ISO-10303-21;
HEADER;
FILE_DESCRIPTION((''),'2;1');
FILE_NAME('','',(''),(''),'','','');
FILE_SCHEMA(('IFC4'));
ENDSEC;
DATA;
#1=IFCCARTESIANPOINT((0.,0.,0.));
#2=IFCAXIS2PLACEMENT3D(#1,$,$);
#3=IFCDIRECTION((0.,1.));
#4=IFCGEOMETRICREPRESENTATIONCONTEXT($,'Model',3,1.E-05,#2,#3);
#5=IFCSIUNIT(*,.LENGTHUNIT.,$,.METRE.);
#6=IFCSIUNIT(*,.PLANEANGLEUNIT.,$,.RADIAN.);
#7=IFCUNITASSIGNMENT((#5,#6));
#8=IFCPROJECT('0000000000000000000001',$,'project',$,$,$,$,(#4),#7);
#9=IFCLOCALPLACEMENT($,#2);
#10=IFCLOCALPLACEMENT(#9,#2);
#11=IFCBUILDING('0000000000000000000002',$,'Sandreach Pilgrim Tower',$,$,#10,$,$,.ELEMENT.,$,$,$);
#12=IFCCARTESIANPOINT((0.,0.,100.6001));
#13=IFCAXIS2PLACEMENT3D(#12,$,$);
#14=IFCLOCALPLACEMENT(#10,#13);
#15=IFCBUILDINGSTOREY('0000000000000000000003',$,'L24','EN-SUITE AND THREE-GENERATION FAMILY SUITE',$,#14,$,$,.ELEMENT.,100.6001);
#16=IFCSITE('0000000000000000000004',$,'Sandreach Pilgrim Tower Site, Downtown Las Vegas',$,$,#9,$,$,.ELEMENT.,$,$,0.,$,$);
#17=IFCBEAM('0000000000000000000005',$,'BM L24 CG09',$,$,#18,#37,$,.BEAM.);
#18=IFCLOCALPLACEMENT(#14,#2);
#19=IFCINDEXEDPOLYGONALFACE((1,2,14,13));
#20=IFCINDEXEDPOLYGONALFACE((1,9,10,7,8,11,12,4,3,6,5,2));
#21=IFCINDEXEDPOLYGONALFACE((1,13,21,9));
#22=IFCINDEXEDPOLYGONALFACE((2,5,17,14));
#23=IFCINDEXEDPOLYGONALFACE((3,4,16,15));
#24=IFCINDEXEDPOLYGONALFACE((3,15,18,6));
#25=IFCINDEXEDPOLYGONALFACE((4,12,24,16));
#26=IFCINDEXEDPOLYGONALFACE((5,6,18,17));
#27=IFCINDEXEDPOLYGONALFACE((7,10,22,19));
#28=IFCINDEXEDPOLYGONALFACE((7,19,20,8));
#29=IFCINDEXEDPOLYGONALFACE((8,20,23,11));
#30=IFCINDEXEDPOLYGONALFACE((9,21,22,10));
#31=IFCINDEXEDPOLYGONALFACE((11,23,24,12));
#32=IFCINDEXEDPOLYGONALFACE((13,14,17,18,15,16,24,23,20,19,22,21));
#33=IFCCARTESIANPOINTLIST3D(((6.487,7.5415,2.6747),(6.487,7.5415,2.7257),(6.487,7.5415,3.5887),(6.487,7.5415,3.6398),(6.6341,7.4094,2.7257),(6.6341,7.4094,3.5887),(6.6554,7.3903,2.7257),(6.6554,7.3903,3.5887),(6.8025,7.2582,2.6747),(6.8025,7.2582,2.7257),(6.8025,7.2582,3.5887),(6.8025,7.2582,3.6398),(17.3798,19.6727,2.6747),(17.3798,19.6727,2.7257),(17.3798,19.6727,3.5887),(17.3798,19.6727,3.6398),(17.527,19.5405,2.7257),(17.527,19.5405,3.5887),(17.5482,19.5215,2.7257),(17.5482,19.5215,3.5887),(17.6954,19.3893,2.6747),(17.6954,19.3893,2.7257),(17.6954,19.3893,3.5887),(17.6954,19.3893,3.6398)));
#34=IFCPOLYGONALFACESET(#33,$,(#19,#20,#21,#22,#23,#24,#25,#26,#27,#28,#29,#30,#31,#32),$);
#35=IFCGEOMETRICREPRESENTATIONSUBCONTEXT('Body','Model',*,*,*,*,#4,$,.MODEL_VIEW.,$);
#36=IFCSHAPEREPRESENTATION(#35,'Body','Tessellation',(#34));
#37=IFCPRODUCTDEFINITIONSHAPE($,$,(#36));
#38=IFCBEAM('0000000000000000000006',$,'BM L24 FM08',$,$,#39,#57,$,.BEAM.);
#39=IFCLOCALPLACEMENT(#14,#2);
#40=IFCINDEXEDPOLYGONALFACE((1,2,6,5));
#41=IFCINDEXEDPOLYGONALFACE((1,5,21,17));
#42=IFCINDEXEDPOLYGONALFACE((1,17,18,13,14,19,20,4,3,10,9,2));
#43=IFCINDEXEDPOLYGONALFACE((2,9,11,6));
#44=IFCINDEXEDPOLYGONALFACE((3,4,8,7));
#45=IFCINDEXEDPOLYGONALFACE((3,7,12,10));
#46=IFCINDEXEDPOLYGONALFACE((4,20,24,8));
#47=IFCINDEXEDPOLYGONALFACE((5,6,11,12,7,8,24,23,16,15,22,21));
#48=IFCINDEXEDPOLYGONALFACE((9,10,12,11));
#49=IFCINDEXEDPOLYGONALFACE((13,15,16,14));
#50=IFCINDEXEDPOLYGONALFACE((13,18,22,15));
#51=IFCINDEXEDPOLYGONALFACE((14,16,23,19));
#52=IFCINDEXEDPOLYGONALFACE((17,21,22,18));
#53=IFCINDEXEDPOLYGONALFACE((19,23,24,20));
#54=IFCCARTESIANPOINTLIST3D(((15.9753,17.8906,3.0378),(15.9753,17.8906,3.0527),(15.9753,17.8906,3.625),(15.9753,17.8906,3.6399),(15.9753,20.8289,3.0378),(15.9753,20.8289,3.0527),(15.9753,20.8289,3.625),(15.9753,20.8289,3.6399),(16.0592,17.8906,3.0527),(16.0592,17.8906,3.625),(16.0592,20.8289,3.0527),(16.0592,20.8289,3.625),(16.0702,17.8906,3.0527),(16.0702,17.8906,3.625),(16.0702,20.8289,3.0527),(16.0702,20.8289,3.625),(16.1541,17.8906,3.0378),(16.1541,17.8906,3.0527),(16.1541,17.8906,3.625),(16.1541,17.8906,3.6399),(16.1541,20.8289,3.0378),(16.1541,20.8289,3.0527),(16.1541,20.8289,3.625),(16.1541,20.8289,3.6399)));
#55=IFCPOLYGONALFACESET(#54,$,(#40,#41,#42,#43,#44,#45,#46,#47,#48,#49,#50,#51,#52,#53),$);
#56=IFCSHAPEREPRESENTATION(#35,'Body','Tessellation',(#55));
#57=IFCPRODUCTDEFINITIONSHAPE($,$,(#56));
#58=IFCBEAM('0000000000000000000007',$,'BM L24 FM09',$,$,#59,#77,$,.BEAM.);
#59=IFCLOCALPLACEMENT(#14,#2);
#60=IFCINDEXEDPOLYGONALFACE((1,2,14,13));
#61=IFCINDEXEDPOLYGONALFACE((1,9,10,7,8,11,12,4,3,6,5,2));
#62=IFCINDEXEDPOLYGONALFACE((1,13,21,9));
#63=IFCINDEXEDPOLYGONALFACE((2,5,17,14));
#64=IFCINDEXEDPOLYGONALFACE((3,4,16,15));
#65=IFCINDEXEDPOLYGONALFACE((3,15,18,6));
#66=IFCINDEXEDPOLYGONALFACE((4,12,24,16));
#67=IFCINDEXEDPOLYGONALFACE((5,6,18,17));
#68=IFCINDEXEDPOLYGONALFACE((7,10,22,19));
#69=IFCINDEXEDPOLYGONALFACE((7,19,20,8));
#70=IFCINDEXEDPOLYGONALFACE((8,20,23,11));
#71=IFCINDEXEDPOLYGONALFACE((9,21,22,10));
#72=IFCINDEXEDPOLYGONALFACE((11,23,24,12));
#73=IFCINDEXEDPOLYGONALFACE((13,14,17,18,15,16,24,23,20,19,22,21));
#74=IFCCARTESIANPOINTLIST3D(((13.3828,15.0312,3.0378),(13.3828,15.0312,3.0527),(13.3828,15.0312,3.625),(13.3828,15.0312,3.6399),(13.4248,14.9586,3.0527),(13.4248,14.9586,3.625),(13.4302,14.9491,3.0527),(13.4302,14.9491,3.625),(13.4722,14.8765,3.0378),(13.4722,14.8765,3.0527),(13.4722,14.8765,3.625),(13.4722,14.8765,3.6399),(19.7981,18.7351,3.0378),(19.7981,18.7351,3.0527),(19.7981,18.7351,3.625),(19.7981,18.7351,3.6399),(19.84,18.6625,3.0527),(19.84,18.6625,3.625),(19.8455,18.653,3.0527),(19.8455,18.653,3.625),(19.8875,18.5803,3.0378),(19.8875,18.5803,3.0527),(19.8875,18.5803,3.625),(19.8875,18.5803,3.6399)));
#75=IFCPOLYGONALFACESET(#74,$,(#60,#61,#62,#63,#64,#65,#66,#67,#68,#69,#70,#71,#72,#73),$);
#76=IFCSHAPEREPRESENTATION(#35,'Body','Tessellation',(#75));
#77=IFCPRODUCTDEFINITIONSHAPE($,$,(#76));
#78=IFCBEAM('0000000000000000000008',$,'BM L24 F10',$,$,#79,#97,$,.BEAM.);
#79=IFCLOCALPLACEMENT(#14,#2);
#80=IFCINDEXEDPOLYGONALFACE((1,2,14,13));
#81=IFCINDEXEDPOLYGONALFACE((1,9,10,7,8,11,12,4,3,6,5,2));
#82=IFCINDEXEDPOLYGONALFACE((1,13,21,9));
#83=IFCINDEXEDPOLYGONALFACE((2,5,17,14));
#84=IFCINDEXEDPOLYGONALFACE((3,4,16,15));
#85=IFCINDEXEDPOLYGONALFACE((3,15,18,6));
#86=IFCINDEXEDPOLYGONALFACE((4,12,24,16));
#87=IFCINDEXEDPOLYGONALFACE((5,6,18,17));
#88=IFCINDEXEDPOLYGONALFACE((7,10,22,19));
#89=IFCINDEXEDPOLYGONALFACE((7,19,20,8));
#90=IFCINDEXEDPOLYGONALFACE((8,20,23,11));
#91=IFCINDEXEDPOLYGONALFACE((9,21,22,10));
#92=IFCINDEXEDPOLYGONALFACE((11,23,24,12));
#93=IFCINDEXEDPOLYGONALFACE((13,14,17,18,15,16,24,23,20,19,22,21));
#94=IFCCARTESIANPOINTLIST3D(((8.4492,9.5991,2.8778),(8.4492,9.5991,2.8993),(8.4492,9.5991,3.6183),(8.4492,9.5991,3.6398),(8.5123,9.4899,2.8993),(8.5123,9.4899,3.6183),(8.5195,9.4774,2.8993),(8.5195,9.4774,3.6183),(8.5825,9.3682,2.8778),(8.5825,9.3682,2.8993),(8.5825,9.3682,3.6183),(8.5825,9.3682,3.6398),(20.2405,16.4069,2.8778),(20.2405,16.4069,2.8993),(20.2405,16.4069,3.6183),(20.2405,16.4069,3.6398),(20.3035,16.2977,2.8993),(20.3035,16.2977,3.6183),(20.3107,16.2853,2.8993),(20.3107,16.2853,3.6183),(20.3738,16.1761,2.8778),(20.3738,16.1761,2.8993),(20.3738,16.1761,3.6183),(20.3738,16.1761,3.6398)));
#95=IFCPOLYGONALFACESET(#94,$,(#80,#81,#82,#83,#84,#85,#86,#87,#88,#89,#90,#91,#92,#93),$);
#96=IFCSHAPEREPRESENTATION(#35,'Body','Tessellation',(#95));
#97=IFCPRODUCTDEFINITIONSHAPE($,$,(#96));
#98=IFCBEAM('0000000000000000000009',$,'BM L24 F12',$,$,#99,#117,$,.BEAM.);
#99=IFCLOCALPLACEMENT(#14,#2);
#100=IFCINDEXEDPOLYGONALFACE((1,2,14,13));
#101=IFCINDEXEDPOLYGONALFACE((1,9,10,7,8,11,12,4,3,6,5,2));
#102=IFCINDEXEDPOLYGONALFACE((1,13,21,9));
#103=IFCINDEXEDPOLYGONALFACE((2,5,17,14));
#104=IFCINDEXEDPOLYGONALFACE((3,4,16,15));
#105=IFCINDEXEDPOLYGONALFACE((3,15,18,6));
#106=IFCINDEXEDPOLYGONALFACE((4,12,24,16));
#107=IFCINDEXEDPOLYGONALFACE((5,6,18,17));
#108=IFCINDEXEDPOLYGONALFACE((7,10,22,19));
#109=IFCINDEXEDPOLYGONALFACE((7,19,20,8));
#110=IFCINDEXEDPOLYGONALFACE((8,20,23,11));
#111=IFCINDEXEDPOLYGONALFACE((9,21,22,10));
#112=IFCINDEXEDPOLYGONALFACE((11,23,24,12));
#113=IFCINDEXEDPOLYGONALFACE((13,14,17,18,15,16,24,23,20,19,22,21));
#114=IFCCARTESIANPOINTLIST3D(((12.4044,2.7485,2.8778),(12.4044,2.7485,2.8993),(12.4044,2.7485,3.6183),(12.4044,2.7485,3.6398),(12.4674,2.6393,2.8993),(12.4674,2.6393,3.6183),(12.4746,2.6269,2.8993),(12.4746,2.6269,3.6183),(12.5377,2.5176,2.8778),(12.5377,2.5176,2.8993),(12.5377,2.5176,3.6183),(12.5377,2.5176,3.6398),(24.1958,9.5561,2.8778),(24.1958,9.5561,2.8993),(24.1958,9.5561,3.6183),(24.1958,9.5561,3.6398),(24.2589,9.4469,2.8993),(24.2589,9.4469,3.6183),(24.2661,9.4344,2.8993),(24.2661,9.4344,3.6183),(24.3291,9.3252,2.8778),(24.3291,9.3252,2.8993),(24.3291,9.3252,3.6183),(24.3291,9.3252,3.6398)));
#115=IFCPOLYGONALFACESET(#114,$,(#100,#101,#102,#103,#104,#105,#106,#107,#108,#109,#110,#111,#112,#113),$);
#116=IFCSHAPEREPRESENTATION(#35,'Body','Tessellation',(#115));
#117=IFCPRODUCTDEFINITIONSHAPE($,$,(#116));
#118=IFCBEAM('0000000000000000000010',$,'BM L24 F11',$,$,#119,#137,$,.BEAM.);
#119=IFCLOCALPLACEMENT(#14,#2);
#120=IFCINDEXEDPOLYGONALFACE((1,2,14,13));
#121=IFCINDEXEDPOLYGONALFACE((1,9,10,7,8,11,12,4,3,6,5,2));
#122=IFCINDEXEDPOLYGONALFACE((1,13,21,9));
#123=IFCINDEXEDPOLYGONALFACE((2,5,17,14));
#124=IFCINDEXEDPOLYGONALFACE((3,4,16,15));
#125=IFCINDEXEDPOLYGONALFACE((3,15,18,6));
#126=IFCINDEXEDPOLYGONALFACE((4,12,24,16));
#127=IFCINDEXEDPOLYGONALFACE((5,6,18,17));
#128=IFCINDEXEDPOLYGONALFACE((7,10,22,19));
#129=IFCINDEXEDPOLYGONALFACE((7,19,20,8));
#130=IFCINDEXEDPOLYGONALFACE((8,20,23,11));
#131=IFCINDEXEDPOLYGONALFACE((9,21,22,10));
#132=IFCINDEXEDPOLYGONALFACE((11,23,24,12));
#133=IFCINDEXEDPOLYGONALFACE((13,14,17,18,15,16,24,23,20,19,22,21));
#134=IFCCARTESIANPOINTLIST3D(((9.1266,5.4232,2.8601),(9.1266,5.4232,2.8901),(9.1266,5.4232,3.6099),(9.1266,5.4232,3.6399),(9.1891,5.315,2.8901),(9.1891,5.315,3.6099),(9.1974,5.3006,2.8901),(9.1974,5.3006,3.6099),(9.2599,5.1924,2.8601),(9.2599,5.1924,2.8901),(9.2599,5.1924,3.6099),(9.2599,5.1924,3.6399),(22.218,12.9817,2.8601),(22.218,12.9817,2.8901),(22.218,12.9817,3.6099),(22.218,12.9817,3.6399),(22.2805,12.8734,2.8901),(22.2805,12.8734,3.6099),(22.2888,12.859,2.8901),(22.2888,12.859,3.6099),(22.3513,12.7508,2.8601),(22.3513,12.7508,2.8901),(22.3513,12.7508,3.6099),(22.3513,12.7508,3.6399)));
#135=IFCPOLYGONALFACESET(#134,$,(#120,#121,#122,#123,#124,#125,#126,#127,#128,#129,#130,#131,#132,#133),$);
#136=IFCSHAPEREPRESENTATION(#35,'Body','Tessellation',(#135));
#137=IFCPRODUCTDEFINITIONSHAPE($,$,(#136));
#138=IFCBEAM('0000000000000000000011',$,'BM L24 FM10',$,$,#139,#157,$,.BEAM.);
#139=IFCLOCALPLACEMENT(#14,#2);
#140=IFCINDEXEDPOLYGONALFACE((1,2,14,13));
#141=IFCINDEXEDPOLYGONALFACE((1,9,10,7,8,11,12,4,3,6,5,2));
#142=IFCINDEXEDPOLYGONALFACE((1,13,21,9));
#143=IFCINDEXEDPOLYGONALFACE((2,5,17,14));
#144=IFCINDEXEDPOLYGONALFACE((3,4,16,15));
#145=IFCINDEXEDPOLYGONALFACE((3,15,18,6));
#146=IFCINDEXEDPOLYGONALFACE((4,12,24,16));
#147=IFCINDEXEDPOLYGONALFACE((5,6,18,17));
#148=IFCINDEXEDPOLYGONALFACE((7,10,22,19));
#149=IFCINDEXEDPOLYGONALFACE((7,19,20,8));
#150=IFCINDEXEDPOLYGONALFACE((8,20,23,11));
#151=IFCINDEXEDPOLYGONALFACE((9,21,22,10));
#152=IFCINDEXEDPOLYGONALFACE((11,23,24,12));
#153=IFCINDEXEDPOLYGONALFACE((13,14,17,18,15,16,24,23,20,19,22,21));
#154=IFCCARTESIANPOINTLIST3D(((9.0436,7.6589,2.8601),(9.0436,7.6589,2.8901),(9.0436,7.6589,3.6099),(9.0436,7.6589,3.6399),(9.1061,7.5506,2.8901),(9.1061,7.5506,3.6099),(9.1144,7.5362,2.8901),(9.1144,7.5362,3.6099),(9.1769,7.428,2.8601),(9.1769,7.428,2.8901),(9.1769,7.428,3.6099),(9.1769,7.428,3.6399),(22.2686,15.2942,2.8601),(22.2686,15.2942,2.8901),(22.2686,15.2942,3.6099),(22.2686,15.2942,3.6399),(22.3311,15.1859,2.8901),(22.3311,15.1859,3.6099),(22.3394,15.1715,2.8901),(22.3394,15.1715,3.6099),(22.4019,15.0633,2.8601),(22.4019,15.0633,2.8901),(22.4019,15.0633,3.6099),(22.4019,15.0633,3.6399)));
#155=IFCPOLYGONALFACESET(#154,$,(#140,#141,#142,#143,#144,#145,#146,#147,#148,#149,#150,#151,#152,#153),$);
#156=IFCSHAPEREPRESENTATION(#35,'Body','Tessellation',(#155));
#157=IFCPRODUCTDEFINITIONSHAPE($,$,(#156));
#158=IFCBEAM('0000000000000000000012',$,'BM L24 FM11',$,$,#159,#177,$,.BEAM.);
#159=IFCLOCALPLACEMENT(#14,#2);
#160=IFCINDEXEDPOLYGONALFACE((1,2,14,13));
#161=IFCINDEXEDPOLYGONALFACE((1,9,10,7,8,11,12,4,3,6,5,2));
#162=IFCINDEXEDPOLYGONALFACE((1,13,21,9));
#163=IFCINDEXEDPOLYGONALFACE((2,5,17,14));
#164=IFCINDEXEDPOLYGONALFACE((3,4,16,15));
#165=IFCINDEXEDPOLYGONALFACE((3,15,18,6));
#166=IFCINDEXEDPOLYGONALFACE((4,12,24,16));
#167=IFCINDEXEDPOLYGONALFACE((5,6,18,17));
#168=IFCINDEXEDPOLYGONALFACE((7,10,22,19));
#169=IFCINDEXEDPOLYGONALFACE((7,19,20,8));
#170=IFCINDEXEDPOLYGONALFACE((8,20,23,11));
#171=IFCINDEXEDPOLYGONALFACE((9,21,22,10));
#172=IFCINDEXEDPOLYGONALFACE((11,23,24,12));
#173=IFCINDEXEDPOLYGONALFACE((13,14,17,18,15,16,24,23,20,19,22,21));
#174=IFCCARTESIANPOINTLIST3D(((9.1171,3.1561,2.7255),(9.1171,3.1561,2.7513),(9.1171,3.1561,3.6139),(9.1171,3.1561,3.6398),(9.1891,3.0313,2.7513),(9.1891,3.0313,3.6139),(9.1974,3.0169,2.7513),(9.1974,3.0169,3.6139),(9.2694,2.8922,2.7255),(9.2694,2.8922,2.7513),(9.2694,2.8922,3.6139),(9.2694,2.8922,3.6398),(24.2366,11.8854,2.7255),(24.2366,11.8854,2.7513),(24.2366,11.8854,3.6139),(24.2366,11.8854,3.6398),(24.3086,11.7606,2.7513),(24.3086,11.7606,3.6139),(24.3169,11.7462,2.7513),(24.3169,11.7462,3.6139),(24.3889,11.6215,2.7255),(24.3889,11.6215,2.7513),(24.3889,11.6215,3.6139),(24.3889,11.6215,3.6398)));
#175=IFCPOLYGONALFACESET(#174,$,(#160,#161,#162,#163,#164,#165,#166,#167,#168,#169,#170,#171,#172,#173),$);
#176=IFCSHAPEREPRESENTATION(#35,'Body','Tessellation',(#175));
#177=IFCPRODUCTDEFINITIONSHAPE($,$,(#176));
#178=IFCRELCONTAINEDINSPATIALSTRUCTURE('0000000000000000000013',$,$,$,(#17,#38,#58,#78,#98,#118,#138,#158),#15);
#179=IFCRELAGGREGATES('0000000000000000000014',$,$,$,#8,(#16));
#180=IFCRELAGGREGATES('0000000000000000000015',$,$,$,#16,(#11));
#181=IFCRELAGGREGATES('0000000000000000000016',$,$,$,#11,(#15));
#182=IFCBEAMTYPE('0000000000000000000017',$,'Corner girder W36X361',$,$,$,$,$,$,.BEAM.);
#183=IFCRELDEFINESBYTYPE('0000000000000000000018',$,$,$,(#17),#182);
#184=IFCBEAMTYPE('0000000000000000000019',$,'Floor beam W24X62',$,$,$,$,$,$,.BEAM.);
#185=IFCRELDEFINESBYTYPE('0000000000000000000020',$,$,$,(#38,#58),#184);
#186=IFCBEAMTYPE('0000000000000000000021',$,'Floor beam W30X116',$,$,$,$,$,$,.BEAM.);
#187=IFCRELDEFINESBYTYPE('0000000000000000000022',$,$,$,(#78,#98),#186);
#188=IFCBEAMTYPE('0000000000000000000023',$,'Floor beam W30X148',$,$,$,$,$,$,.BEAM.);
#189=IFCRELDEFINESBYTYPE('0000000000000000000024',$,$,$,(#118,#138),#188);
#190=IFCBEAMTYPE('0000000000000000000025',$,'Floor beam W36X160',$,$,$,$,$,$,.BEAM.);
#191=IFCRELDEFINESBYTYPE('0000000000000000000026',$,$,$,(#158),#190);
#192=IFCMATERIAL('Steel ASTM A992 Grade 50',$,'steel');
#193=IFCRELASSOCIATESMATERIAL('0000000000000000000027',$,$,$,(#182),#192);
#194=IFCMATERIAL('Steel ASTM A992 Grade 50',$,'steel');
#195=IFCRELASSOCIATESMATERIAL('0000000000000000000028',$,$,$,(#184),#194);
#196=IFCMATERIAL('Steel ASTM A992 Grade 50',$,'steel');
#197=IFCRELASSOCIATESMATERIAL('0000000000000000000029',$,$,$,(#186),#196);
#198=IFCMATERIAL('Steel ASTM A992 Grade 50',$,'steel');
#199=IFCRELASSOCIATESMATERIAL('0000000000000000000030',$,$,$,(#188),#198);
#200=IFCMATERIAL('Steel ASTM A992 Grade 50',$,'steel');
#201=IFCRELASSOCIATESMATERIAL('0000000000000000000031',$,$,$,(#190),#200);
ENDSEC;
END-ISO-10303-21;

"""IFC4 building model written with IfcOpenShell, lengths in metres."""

from ifc_helpers import new_model, si_unit, direction, frame, origin, origin_2d, place, context, subcontext, project, spatial, i_section, extrude, material, material_profile, profile_set, type_object, element, save


model = new_model("IFC4")

# Units and contexts
model_context = context("Model", 3, precision=1e-05, world=origin(), true_north=direction((0.0, 1.0)))
body_context = subcontext(model_context, "Body", "Model", "MODEL_VIEW")
ifc_project = project(units=[si_unit("LENGTHUNIT", "METRE"), si_unit("PLANEANGLEUNIT", "RADIAN")], contexts=[model_context])

# Site, building, storey
site_placement = place(None, origin())
site = spatial("IfcSite", under=ifc_project, at=site_placement, Name="Sandreach Pilgrim Tower Site, Downtown Las Vegas", CompositionType="ELEMENT", RefElevation=0.0)
building_placement = place(site_placement, origin())
building = spatial("IfcBuilding", under=site, at=building_placement, Name="Sandreach Pilgrim Tower", CompositionType="ELEMENT")
storey_placement = place(building_placement, frame((0.0, 0.0, 100.6001)))
storey = spatial("IfcBuildingStorey", under=building, at=storey_placement, Name="L24", Description="EN-SUITE AND THREE-GENERATION FAMILY SUITE", CompositionType="ELEMENT", Elevation=100.6001)

# Beams
ifc_material_1 = material(Name="Steel ASTM A992 Grade 50", Category="steel")
ifc_material_profile_1 = material_profile(ifc_material_1, i_section(OverallWidth=0.4241, OverallDepth=0.9651, WebThickness=0.0286, FlangeThickness=0.051, at=origin_2d()), Name="W36X361")
ifc_profile_set_1 = profile_set([ifc_material_profile_1], Name="Steel ASTM A992 Grade 50")
beam_type_1 = type_object("IfcBeamType", Name="Corner girder W36X361", PredefinedType="BEAM", material=ifc_profile_set_1)
beam_1_placement = place(storey_placement, frame((17.5376, 19.531, 3.1572), z_axis=(-0.668111, -0.744061, 0.0), x_axis=(0.744061, -0.668111, 0.0)))
element("IfcBeam", 1, at=beam_1_placement, inside=storey, type_object=beam_type_1, Name="BM L24 CG09", PredefinedType="BEAM", context=body_context, shape_type="SweptSolid", body=[
    extrude(i_section(OverallWidth=0.4241, OverallDepth=0.9651, WebThickness=0.0286, FlangeThickness=0.051, at=origin_2d()), origin(), (0.0, 0.0, 1.0), 16.304),
])
ifc_material_2 = material(Name="Steel ASTM A992 Grade 50", Category="steel")
ifc_material_profile_2 = material_profile(ifc_material_2, i_section(OverallWidth=0.1787, OverallDepth=0.6021, WebThickness=0.011, FlangeThickness=0.0149, at=origin_2d()), Name="W24X62")
ifc_profile_set_2 = profile_set([ifc_material_profile_2], Name="Steel ASTM A992 Grade 50")
beam_type_2 = type_object("IfcBeamType", Name="Floor beam W24X62", PredefinedType="BEAM", material=ifc_profile_set_2)
beam_2_placement = place(storey_placement, frame((16.0647, 20.8289, 3.3389), z_axis=(0.0, -1.0, 0.0), x_axis=(1.0, 0.0, 0.0)))
element("IfcBeam", 2, at=beam_2_placement, inside=storey, type_object=beam_type_2, Name="BM L24 FM08", PredefinedType="BEAM", context=body_context, shape_type="SweptSolid", body=[
    extrude(i_section(OverallWidth=0.1787, OverallDepth=0.6021, WebThickness=0.011, FlangeThickness=0.0149, at=origin_2d()), origin(), (0.0, 0.0, 1.0), 2.9382),
])
beam_3_placement = place(storey_placement, frame((19.8428, 18.6577, 3.3389), z_axis=(-0.866026, -0.499999, 0.0), x_axis=(0.499999, -0.866026, 0.0)))
element("IfcBeam", 3, at=beam_3_placement, inside=storey, type_object=beam_type_2, Name="BM L24 FM09", PredefinedType="BEAM", context=body_context, shape_type="SweptSolid", body=[
    extrude(i_section(OverallWidth=0.1787, OverallDepth=0.6021, WebThickness=0.011, FlangeThickness=0.0149, at=origin_2d()), origin(), (0.0, 0.0, 1.0), 7.4077),
])
ifc_material_3 = material(Name="Steel ASTM A992 Grade 50", Category="steel")
ifc_material_profile_3 = material_profile(ifc_material_3, i_section(OverallWidth=0.2666, OverallDepth=0.762, WebThickness=0.0144, FlangeThickness=0.0215, at=origin_2d()), Name="W30X116")
ifc_profile_set_3 = profile_set([ifc_material_profile_3], Name="Steel ASTM A992 Grade 50")
beam_type_3 = type_object("IfcBeamType", Name="Floor beam W30X116", PredefinedType="BEAM", material=ifc_profile_set_3)
for number, where, z_axis, x_axis, name in (
    (4, (20.3071, 16.2915, 3.2588), (-0.86602, -0.50001, 0.0), (0.50001, -0.86602, 0.0), "BM L24 F10"),
    (5, (24.2625, 9.4407, 3.2588), (-0.866032, -0.499988, 0.0), (0.499988, -0.866032, 0.0), "BM L24 F12"),
):
    element("IfcBeam", number, at=place(storey_placement, frame(where, z_axis=z_axis, x_axis=x_axis)), inside=storey, type_object=beam_type_3, Name=name, PredefinedType="BEAM", context=body_context, shape_type="SweptSolid", body=[
        extrude(i_section(OverallWidth=0.2666, OverallDepth=0.762, WebThickness=0.0144, FlangeThickness=0.0215, at=origin_2d()), origin(), (0.0, 0.0, 1.0), 13.6155),
    ])
ifc_material_4 = material(Name="Steel ASTM A992 Grade 50", Category="steel")
ifc_material_profile_4 = material_profile(ifc_material_4, i_section(OverallWidth=0.2666, OverallDepth=0.7798, WebThickness=0.0166, FlangeThickness=0.03, at=origin_2d()), Name="W30X148")
ifc_profile_set_4 = profile_set([ifc_material_profile_4], Name="Steel ASTM A992 Grade 50")
beam_type_4 = type_object("IfcBeamType", Name="Floor beam W30X148", PredefinedType="BEAM", material=ifc_profile_set_4)
beam_4_placement = place(storey_placement, frame((22.2847, 12.8662, 3.25), z_axis=(-0.866023, -0.500004, 0.0), x_axis=(0.500004, -0.866023, 0.0)))
element("IfcBeam", 6, at=beam_4_placement, inside=storey, type_object=beam_type_4, Name="BM L24 F11", PredefinedType="BEAM", context=body_context, shape_type="SweptSolid", body=[
    extrude(i_section(OverallWidth=0.2666, OverallDepth=0.7798, WebThickness=0.0166, FlangeThickness=0.03, at=origin_2d()), origin(), (0.0, 0.0, 1.0), 15.1167),
])
beam_5_placement = place(storey_placement, frame((22.3352, 15.1787, 3.25), z_axis=(-0.866029, -0.499994, 0.0), x_axis=(0.499994, -0.866029, 0.0)))
element("IfcBeam", 7, at=beam_5_placement, inside=storey, type_object=beam_type_4, Name="BM L24 FM10", PredefinedType="BEAM", context=body_context, shape_type="SweptSolid", body=[
    extrude(i_section(OverallWidth=0.2666, OverallDepth=0.7798, WebThickness=0.0166, FlangeThickness=0.03, at=origin_2d()), origin(), (0.0, 0.0, 1.0), 15.2708),
])
ifc_material_5 = material(Name="Steel ASTM A992 Grade 50", Category="steel")
ifc_material_profile_5 = material_profile(ifc_material_5, i_section(OverallWidth=0.3047, OverallDepth=0.9143, WebThickness=0.0166, FlangeThickness=0.0259, at=origin_2d()), Name="W36X160")
ifc_profile_set_5 = profile_set([ifc_material_profile_5], Name="Steel ASTM A992 Grade 50")
beam_type_5 = type_object("IfcBeamType", Name="Floor beam W36X160", PredefinedType="BEAM", material=ifc_profile_set_5)
beam_6_placement = place(storey_placement, frame((24.3127, 11.7534, 3.1826), z_axis=(-0.866024, -0.500003, 0.0), x_axis=(0.500003, -0.866024, 0.0)))
element("IfcBeam", 8, at=beam_6_placement, inside=storey, type_object=beam_type_5, Name="BM L24 FM11", PredefinedType="BEAM", context=body_context, shape_type="SweptSolid", body=[
    extrude(i_section(OverallWidth=0.3047, OverallDepth=0.9143, WebThickness=0.0166, FlangeThickness=0.0259, at=origin_2d()), origin(), (0.0, 0.0, 1.0), 17.4585),
])

save(model, "model.ifc")
